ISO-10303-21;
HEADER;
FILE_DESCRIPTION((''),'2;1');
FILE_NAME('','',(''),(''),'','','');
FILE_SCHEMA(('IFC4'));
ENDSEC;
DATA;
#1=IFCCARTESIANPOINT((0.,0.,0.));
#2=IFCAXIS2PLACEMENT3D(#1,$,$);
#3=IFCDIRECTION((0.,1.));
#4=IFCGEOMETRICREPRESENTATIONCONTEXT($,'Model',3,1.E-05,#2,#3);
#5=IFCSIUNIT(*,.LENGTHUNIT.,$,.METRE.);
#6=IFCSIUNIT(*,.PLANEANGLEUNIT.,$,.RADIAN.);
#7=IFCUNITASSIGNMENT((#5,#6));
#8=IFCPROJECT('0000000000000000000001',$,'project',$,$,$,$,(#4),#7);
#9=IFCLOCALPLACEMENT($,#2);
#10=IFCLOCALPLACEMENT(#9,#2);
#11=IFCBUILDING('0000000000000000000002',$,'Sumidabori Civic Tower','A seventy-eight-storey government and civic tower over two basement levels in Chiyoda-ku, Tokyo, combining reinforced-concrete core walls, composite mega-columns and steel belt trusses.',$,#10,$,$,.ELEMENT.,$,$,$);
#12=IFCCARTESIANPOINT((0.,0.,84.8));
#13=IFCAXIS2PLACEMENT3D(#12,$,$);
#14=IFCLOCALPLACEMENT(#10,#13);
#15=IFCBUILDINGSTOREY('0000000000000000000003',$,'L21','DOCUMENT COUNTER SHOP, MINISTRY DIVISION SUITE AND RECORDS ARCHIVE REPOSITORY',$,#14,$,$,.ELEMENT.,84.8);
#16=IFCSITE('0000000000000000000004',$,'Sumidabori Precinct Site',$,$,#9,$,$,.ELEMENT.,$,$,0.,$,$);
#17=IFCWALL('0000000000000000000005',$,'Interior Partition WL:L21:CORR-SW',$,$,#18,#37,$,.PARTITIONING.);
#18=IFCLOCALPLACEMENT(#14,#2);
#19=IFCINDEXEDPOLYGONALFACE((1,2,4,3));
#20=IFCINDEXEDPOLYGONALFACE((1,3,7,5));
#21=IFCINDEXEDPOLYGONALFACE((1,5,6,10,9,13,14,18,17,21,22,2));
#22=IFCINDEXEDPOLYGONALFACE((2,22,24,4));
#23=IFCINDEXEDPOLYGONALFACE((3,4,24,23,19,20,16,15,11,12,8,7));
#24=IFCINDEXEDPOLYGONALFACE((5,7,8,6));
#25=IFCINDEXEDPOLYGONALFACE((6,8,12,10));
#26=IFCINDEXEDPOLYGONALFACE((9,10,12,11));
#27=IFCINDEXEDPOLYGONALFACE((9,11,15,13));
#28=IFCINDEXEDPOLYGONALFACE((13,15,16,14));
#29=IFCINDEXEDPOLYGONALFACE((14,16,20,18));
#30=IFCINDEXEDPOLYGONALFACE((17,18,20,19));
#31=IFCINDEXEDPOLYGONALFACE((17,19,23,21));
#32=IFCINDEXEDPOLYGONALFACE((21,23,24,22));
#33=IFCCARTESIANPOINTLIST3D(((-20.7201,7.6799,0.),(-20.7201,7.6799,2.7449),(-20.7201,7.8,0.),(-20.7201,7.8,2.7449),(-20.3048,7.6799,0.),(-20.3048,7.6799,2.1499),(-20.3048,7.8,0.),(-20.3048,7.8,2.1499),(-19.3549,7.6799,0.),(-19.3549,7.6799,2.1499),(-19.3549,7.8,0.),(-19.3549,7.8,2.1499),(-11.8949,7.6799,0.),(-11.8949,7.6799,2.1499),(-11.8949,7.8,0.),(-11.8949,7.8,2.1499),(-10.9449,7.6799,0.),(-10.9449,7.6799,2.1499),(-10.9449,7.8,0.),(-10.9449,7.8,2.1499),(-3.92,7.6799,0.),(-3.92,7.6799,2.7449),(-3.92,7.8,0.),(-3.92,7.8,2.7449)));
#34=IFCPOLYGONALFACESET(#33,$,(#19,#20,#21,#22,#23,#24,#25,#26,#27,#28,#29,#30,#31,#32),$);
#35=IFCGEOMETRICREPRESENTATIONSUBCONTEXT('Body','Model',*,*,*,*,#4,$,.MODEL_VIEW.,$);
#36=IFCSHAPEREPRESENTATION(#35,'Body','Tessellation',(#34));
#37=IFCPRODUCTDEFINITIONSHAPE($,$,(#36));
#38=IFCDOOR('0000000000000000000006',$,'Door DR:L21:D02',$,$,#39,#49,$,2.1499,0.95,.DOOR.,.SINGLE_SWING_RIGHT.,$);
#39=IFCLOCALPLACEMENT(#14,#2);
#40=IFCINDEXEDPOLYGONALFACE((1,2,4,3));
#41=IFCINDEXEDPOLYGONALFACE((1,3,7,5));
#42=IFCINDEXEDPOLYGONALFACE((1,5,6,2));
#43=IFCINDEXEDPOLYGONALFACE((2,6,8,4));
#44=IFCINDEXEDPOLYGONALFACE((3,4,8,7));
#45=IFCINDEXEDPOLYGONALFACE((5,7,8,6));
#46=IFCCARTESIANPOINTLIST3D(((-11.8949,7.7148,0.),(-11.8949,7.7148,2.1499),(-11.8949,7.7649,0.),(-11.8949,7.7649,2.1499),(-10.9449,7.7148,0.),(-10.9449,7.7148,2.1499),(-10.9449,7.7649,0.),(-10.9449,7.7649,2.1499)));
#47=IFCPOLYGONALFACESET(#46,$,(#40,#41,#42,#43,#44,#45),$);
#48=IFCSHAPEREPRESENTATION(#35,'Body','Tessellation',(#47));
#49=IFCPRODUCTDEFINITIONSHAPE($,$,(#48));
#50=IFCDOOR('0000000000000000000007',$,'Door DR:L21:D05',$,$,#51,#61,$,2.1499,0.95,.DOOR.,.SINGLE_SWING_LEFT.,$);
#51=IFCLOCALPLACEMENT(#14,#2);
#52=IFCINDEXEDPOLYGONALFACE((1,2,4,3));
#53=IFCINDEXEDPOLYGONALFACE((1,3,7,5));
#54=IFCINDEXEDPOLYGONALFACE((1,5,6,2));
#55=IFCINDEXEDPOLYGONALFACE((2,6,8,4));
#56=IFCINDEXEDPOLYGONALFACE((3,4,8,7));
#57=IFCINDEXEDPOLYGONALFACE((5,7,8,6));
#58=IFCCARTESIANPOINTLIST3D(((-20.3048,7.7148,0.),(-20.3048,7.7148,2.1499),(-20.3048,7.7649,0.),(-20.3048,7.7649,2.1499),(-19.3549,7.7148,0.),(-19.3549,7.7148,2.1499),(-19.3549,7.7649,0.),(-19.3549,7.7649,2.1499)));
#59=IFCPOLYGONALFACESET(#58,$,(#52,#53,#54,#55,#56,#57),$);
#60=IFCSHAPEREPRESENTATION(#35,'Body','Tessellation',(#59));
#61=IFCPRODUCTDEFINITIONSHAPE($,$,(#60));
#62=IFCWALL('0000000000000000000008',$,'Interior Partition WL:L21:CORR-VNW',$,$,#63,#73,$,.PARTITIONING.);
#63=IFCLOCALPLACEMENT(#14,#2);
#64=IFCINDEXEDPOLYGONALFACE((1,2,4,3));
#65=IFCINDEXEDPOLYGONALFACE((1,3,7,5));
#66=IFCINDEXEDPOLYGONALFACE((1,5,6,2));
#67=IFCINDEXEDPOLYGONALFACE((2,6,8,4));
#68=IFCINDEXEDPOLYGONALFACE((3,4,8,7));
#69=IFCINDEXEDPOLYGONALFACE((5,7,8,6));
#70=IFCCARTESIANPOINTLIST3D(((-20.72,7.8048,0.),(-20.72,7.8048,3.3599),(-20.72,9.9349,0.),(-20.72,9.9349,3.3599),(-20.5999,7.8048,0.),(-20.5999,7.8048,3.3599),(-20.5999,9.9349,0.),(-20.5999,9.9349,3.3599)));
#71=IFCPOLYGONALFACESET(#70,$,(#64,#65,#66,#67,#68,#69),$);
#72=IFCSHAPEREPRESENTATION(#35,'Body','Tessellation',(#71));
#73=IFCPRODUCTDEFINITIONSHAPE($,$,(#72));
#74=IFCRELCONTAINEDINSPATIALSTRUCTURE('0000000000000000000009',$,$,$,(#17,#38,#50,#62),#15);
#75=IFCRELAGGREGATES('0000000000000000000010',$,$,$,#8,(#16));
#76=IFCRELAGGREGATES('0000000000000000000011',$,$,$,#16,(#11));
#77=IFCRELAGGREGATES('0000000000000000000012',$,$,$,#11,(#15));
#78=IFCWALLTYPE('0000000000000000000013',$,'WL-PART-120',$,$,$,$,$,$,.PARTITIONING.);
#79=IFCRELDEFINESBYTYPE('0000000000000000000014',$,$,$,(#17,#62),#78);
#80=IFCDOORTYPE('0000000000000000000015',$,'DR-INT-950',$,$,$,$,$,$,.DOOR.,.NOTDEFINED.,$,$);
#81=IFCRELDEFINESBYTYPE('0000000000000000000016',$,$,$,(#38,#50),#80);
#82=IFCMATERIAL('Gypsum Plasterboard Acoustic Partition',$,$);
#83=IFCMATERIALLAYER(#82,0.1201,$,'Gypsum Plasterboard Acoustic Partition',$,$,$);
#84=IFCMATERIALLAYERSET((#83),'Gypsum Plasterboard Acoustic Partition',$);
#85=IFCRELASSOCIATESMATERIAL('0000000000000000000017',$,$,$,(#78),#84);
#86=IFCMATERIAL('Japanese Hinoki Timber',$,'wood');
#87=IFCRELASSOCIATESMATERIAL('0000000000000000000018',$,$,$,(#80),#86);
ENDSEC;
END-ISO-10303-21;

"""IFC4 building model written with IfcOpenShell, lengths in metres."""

from ifc_helpers import new_model, si_unit, direction, frame, frame_2d, origin, place, context, subcontext, project, spatial, rectangle, extrude, source, transform, mapped, material, layer, layer_set, type_object, element, fill, save


model = new_model("IFC4")

# Units and contexts
model_context = context("Model", 3, precision=1e-05, world=origin(), true_north=direction((0.0, 1.0)))
body_context = subcontext(model_context, "Body", "Model", "MODEL_VIEW")
ifc_project = project(units=[si_unit("LENGTHUNIT", "METRE"), si_unit("PLANEANGLEUNIT", "RADIAN")], contexts=[model_context])

# Site, building, storey
site_placement = place(None, origin())
site = spatial("IfcSite", under=ifc_project, at=site_placement, Name="Sumidabori Precinct Site", CompositionType="ELEMENT", RefElevation=0.0)
building_placement = place(site_placement, origin())
building = spatial("IfcBuilding", under=site, at=building_placement, Name="Sumidabori Civic Tower", Description="A seventy-eight-storey government and civic tower over two basement levels in Chiyoda-ku, Tokyo, combining reinforced-concrete core walls, composite mega-columns and steel belt trusses.", CompositionType="ELEMENT")
storey_placement = place(building_placement, frame((0.0, 0.0, 84.8)))
storey = spatial("IfcBuildingStorey", under=building, at=storey_placement, Name="L21", Description="DOCUMENT COUNTER SHOP, MINISTRY DIVISION SUITE AND RECORDS ARCHIVE REPOSITORY", CompositionType="ELEMENT", Elevation=84.8)

# Shared definitions
ifc_material_1 = material(Name="Gypsum Plasterboard Acoustic Partition")
ifc_layer_1 = layer(ifc_material_1, 0.1201, Name="Gypsum Plasterboard Acoustic Partition")
ifc_layer_set_1 = layer_set([ifc_layer_1], Name="Gypsum Plasterboard Acoustic Partition")
wall_type_1 = type_object("IfcWallType", Name="WL-PART-120", PredefinedType="PARTITIONING", material=ifc_layer_set_1)

# Shared definitions
ifc_material_2 = material(Name="Japanese Hinoki Timber", Category="wood")

# Wall, openings, doors
shared_shape_1 = source(origin(), body_context, "Body", "SweptSolid", [
    extrude(rectangle(XDim=16.8, YDim=0.1201, at=frame_2d((8.3999, 0.0))), origin(), (0.0, 0.0, 1.0), 2.7449),
])
wall_1_placement = place(storey_placement, frame((-20.72, 7.74, 0.0), z_axis=(0.0, 0.0, 1.0), x_axis=(1.0, 0.0, 0.0)))
wall_1 = element("IfcWall", 1, at=wall_1_placement, inside=storey, type_object=wall_type_1, Name="Interior Partition WL:L21:CORR-SW", PredefinedType="PARTITIONING", context=body_context, shape_type="MappedRepresentation", body=[
    mapped(shared_shape_1, transform((0.0, 0.0, 0.0), x_axis=(1.0, 0.0, 0.0), y_axis=(0.0, 1.0, 0.0), z_axis=(0.0, 0.0, 1.0), scale=1.0)),
])
opening_1_placement = place(wall_1_placement, frame((8.825, 0.0, 0.0)))
opening_1 = element("IfcOpeningElement", 2, at=opening_1_placement, cuts=wall_1, PredefinedType="OPENING", context=body_context, shape_type="SweptSolid", body=[
    extrude(rectangle(XDim=0.95, YDim=2.1499, at=frame_2d((0.4751, 1.075))), frame((0.0, 0.072, 0.0), z_axis=(0.0, -1.0, 0.0), x_axis=(1.0, 0.0, 0.0)), (0.0, 0.0, 1.0), 0.144),
])
opening_2_placement = place(wall_1_placement, frame((0.415, 0.0, 0.0)))
opening_2 = element("IfcOpeningElement", 3, at=opening_2_placement, cuts=wall_1, PredefinedType="OPENING", context=body_context, shape_type="SweptSolid", body=[
    extrude(rectangle(XDim=0.95, YDim=2.1499, at=frame_2d((0.4751, 1.075))), frame((0.0, 0.072, 0.0), z_axis=(0.0, -1.0, 0.0), x_axis=(1.0, 0.0, 0.0)), (0.0, 0.0, 1.0), 0.144),
])
door_type_1 = type_object("IfcDoorType", Name="DR-INT-950", OperationType="NOTDEFINED", PredefinedType="DOOR", material=ifc_material_2)
shared_shape_2 = source(origin(), body_context, "Body", "SweptSolid", [
    extrude(rectangle(XDim=0.95, YDim=2.1499, at=frame_2d((0.4751, 1.075))), frame((0.0, 0.0249, 0.0), z_axis=(0.0, -1.0, 0.0), x_axis=(1.0, 0.0, 0.0)), (0.0, 0.0, 1.0), 0.05),
])
door_1_placement = place(opening_1_placement, origin())
door_1 = element("IfcDoor", 4, at=door_1_placement, inside=storey, type_object=door_type_1, Name="Door DR:L21:D02", OperationType="SINGLE_SWING_RIGHT", OverallHeight=2.1499, OverallWidth=0.95, PredefinedType="DOOR", context=body_context, shape_type="MappedRepresentation", body=[
    mapped(shared_shape_2, transform((0.0, 0.0, 0.0), x_axis=(1.0, 0.0, 0.0), y_axis=(0.0, 1.0, 0.0), z_axis=(0.0, 0.0, 1.0), scale=1.0)),
])
fill(opening_1, door_1)
door_2_placement = place(opening_2_placement, origin())
door_2 = element("IfcDoor", 5, at=door_2_placement, inside=storey, type_object=door_type_1, Name="Door DR:L21:D05", OperationType="SINGLE_SWING_LEFT", OverallHeight=2.1499, OverallWidth=0.95, PredefinedType="DOOR", context=body_context, shape_type="MappedRepresentation", body=[
    mapped(shared_shape_2, transform((0.0, 0.0, 0.0), x_axis=(1.0, 0.0, 0.0), y_axis=(0.0, 1.0, 0.0), z_axis=(0.0, 0.0, 1.0), scale=1.0)),
])
fill(opening_2, door_2)

# Wall
shared_shape_3 = source(origin(), body_context, "Body", "SweptSolid", [
    extrude(rectangle(XDim=2.1301, YDim=0.1201, at=frame_2d((1.0649, 0.0))), origin(), (0.0, 0.0, 1.0), 3.3599),
])
wall_2_placement = place(storey_placement, frame((-20.6599, 7.8049, 0.0), z_axis=(0.0, 0.0, 1.0), x_axis=(0.0, 1.0, 0.0)))
element("IfcWall", 6, at=wall_2_placement, inside=storey, type_object=wall_type_1, Name="Interior Partition WL:L21:CORR-VNW", PredefinedType="PARTITIONING", context=body_context, shape_type="MappedRepresentation", body=[
    mapped(shared_shape_3, transform((0.0, 0.0, 0.0), x_axis=(1.0, 0.0, 0.0), y_axis=(0.0, 1.0, 0.0), z_axis=(0.0, 0.0, 1.0), scale=1.0)),
])

save(model, "model.ifc")
